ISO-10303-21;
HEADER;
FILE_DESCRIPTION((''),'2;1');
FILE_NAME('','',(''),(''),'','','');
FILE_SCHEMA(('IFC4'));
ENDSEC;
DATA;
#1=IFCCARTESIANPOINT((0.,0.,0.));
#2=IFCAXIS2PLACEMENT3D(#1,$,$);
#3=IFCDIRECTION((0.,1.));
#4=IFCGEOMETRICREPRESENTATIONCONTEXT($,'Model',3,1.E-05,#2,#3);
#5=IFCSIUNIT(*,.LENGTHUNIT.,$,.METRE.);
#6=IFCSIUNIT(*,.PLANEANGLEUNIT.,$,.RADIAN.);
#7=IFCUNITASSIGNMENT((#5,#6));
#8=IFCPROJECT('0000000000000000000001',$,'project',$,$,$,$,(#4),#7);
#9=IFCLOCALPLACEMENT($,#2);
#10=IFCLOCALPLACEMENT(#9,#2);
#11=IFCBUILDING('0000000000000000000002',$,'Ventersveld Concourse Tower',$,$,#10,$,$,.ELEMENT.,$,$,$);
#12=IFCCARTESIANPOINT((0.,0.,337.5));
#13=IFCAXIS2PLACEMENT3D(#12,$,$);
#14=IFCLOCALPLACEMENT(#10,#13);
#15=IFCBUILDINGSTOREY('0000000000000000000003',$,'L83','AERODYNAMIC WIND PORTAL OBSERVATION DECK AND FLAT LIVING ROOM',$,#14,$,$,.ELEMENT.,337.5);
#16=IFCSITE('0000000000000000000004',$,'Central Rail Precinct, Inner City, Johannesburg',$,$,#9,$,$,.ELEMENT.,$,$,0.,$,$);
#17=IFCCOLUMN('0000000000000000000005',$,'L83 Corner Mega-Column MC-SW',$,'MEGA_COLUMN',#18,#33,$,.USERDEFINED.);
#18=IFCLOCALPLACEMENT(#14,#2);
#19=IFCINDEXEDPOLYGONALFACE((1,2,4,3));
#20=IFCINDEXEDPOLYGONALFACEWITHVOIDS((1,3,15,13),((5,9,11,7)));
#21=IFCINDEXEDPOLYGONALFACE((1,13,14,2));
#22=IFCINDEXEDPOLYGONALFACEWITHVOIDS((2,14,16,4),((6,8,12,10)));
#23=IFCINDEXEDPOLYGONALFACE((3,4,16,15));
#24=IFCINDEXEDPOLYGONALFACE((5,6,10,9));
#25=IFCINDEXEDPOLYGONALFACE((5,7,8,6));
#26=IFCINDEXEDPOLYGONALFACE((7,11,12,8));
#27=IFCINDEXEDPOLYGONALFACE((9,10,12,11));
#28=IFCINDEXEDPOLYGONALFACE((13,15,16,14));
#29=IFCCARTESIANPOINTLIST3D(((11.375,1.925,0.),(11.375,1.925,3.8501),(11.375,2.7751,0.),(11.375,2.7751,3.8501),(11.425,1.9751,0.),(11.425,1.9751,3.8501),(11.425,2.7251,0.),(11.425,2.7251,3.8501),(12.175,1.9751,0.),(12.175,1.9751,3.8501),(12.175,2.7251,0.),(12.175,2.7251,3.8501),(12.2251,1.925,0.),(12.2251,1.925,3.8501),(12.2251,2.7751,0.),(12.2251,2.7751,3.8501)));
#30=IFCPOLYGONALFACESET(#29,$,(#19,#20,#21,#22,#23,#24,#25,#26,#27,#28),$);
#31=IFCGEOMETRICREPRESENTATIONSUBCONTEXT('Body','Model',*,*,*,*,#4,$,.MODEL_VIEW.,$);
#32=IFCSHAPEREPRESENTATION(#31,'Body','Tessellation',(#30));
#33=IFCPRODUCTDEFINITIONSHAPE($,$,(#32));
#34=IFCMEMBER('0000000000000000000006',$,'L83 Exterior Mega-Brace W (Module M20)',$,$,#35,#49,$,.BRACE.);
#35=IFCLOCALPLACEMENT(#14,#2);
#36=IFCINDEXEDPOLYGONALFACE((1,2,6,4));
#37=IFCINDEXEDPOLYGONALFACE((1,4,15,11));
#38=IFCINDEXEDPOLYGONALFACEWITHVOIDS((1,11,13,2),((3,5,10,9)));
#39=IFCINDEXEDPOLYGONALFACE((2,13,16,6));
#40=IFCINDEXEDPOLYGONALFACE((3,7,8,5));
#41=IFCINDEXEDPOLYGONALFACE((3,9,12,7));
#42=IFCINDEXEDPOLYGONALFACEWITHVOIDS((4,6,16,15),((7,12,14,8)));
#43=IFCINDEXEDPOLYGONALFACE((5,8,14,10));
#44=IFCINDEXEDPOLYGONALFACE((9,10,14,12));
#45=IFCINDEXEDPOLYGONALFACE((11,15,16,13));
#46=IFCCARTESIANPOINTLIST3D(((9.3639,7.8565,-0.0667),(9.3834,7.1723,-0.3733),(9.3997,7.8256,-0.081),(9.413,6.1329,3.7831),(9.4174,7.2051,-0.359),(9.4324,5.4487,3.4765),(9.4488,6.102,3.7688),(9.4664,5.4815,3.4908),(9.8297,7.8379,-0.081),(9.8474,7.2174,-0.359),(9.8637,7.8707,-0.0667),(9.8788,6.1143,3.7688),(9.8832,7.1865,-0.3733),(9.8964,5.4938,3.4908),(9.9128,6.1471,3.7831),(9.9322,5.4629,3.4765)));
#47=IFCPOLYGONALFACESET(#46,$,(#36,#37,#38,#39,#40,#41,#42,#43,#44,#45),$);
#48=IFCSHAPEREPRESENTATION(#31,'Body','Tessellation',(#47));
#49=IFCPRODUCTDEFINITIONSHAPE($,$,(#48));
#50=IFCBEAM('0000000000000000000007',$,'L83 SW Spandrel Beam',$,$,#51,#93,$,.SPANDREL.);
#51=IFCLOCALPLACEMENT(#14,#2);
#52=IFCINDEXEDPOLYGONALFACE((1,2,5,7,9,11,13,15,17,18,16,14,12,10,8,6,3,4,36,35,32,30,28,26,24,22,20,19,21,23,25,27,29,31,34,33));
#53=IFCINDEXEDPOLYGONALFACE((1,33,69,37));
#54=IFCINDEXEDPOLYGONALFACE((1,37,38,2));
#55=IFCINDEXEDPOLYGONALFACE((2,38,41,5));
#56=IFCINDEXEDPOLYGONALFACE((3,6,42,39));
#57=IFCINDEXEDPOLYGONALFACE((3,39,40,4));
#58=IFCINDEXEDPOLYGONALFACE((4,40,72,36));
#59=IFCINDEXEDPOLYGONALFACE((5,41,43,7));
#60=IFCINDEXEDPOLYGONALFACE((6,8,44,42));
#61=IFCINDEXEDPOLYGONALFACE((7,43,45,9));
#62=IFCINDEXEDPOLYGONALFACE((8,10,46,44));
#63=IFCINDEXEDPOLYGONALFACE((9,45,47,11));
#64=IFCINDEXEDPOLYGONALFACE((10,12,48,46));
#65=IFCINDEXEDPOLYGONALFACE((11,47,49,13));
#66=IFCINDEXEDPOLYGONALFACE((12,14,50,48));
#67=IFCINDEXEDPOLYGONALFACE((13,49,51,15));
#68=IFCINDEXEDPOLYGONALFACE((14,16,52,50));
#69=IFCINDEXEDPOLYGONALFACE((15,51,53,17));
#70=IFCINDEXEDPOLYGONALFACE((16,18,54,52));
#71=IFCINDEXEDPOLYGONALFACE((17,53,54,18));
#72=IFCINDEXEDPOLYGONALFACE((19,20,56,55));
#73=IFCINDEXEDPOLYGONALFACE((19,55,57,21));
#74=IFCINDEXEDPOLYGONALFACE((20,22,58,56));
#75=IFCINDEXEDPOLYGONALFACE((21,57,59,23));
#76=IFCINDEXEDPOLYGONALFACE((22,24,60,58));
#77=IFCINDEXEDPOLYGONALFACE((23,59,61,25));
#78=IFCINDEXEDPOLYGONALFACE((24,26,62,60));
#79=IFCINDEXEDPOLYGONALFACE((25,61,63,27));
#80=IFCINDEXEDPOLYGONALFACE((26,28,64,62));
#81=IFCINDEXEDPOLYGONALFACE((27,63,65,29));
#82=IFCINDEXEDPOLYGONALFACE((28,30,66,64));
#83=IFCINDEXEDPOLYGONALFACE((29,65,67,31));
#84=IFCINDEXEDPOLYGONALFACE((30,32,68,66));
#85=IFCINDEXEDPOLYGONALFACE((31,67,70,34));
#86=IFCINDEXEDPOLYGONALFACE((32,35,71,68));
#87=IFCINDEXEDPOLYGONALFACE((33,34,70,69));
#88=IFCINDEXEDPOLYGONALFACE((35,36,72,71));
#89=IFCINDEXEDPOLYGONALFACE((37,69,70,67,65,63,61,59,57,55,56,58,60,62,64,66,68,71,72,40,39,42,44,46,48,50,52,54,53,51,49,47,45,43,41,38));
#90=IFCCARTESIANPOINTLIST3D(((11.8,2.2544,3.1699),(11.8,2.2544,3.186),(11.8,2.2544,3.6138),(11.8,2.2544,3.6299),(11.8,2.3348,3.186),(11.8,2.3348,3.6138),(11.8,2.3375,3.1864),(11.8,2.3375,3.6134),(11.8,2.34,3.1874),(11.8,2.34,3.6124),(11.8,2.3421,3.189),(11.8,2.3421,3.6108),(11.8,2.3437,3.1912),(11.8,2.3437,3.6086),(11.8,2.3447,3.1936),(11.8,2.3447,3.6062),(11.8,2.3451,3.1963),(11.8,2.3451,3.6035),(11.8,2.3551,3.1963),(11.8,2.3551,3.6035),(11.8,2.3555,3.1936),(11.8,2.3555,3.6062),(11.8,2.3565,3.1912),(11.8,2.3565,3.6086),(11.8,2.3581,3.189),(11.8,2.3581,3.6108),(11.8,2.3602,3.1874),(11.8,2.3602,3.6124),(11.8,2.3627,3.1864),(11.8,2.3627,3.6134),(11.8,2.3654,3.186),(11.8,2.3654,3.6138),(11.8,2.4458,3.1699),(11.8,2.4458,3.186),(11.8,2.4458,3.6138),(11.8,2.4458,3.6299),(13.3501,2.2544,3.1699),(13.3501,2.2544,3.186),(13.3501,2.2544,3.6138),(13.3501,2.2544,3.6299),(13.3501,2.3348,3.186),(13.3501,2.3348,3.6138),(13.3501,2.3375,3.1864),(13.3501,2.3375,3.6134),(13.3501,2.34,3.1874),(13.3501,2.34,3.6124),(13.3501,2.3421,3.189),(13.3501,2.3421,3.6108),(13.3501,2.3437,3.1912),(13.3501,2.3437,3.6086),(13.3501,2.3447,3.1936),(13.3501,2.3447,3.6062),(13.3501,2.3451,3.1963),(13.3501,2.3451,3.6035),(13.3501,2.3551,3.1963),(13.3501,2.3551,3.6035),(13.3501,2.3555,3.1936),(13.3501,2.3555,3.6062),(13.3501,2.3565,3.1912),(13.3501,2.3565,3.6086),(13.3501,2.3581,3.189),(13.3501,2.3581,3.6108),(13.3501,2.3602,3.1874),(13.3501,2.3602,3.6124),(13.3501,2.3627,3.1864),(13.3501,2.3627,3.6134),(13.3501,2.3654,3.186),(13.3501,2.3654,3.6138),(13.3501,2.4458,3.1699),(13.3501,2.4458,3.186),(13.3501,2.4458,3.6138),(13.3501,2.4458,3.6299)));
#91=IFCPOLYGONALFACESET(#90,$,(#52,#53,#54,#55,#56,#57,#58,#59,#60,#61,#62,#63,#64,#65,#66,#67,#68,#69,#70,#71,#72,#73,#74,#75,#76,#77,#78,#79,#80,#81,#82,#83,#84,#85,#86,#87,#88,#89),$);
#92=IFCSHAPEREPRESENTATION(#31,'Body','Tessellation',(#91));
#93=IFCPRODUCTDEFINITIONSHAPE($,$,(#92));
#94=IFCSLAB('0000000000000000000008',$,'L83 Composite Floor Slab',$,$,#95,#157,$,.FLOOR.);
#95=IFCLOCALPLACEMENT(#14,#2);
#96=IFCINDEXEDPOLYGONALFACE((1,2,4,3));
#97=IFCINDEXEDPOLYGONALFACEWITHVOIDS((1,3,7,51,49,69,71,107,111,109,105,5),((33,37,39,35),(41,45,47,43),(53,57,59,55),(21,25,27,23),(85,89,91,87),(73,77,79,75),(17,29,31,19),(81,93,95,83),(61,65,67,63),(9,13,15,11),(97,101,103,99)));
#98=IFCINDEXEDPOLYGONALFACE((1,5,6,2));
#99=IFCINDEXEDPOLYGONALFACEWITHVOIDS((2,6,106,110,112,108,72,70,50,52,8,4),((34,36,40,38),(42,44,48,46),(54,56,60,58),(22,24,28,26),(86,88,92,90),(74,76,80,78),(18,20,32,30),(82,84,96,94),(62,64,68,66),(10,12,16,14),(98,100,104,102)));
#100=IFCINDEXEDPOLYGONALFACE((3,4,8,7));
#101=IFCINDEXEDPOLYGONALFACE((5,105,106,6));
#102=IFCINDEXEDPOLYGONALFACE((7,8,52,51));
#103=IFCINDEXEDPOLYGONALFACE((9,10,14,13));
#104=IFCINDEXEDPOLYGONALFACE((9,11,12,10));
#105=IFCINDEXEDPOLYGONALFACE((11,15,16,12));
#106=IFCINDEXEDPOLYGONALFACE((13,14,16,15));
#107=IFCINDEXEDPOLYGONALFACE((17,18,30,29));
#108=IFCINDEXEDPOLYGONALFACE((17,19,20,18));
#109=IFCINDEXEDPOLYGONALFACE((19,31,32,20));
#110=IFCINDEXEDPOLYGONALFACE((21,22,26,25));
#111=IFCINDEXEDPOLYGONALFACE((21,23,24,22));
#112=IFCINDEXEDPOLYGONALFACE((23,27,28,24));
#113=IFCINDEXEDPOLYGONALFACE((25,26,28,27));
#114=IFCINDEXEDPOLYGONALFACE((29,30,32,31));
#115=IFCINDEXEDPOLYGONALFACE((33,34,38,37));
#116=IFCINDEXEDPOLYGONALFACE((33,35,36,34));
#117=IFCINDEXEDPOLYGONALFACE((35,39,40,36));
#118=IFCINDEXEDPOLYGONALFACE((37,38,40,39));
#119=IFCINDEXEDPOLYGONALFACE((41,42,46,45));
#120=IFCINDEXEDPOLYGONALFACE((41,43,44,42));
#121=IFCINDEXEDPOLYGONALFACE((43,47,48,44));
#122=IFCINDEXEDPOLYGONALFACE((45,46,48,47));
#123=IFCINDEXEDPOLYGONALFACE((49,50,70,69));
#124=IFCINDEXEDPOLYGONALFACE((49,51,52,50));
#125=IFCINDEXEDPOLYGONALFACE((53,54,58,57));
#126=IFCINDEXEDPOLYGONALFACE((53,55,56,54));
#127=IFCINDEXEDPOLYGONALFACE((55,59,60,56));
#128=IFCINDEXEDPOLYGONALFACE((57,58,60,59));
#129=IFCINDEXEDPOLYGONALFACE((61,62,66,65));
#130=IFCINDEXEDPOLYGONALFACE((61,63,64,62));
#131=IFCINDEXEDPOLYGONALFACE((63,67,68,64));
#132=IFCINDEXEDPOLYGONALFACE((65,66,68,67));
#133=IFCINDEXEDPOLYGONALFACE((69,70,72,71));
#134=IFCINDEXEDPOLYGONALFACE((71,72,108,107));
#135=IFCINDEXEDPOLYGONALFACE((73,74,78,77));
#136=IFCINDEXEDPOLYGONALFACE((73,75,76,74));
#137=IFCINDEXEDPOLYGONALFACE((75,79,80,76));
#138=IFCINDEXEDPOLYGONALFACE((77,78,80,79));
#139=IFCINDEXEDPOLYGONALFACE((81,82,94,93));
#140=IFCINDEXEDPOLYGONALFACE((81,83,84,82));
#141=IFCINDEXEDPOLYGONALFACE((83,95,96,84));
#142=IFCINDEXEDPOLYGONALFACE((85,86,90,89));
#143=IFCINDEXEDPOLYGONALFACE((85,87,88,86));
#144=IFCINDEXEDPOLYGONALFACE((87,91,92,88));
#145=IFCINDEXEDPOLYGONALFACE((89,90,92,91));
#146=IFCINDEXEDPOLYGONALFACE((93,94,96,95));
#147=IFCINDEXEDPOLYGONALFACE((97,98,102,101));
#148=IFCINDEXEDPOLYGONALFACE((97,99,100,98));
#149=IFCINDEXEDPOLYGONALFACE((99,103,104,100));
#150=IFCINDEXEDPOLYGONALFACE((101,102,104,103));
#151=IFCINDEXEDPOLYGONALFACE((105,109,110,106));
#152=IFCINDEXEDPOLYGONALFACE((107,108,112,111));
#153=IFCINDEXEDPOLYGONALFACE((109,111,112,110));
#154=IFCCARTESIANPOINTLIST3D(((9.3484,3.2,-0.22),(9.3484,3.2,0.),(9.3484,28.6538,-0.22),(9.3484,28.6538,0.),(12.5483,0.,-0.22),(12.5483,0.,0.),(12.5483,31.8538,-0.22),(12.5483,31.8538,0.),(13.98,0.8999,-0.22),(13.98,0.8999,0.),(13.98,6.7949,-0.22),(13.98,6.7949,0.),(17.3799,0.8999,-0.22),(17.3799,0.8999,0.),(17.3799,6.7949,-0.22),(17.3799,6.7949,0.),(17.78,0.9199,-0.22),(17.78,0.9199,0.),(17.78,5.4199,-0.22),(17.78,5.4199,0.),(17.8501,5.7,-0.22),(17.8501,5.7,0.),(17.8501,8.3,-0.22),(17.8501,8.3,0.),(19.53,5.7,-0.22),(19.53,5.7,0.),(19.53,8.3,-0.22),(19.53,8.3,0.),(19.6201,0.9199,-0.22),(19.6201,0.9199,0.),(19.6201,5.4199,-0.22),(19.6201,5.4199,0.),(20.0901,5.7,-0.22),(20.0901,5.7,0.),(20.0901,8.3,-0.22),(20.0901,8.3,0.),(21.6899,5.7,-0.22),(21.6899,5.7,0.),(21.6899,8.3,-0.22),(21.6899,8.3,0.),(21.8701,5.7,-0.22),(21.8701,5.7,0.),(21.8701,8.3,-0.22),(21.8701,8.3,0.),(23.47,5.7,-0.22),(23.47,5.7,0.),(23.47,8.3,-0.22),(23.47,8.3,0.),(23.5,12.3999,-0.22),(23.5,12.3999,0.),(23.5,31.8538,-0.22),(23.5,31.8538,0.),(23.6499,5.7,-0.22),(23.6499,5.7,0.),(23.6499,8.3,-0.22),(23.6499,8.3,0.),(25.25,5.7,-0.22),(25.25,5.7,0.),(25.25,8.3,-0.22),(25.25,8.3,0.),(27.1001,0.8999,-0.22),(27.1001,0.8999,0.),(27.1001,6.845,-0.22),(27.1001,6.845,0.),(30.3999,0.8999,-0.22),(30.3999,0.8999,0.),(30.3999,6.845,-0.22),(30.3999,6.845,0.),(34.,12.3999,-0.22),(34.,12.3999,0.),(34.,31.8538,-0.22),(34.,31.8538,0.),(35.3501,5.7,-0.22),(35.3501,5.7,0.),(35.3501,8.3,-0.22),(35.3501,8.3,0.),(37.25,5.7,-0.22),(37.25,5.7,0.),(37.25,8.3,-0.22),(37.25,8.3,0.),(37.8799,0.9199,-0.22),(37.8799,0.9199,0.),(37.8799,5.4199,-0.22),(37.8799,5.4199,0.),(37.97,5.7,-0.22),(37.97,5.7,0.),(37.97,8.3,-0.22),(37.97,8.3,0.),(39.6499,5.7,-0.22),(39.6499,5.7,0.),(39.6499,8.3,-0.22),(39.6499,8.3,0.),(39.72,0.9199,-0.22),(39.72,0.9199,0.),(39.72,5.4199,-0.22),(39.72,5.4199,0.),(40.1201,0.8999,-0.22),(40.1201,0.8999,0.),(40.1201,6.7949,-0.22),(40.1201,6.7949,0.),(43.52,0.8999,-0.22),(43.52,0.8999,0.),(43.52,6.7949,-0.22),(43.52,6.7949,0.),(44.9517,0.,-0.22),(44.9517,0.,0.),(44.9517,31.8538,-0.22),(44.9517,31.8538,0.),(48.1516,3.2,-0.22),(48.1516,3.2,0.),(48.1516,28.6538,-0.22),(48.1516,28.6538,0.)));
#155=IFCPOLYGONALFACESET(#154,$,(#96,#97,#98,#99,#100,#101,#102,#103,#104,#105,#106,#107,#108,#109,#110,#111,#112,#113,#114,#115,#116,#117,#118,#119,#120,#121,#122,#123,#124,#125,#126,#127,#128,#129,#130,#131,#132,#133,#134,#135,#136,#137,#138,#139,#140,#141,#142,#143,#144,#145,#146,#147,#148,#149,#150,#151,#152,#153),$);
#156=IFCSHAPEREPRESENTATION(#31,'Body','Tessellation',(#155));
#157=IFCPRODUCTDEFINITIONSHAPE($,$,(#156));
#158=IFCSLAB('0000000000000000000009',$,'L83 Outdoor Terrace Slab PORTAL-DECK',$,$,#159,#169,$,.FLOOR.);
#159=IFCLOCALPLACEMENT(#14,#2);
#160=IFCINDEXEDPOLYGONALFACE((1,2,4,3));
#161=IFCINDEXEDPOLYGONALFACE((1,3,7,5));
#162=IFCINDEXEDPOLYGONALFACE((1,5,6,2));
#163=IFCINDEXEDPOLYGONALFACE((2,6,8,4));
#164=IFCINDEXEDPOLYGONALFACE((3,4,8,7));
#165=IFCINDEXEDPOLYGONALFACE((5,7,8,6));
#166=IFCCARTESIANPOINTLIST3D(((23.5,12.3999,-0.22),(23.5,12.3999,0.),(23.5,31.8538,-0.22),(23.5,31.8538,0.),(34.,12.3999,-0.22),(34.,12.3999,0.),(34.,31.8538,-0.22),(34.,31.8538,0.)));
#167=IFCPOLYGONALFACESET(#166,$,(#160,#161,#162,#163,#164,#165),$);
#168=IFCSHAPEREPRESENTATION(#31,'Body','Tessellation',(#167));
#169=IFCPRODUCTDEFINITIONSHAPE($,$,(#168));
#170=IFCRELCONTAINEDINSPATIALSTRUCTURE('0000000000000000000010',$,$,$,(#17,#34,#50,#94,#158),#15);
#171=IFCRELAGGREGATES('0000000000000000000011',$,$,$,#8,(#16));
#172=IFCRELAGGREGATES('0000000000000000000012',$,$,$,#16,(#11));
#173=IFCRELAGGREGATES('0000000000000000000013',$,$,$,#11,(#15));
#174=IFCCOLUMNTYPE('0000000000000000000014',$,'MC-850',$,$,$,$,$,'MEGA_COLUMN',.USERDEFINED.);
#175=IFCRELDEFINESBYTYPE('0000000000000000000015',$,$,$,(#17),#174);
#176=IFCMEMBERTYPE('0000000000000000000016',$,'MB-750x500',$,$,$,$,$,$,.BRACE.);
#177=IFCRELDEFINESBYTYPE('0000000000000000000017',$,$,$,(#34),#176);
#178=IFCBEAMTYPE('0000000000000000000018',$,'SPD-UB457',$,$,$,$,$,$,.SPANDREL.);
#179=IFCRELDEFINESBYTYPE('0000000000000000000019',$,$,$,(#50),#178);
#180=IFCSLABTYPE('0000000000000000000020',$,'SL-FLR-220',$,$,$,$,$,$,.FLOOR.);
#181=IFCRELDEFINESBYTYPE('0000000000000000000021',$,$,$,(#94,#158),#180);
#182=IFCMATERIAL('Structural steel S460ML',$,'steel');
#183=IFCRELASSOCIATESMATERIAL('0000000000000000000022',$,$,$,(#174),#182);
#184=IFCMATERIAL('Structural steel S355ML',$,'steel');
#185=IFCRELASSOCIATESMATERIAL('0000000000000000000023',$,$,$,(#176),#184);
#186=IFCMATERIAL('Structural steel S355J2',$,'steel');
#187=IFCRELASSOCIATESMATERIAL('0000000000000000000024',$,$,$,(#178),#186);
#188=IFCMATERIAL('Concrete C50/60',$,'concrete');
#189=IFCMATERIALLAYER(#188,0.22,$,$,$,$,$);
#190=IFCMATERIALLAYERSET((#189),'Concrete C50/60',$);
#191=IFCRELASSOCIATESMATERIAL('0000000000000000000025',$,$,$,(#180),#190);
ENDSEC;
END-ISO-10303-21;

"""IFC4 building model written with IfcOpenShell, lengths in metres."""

from ifc_helpers import new_model, si_unit, direction, frame, origin, origin_2d, place, context, subcontext, project, spatial, polyline, hollow_rectangle, i_section, outline, extrude, material, layer, layer_set, material_profile, profile_set, type_object, element, save


model = new_model("IFC4")

# Units and contexts
model_context = context("Model", 3, precision=1e-05, world=origin(), true_north=direction((0.0, 1.0)))
body_context = subcontext(model_context, "Body", "Model", "MODEL_VIEW")
ifc_project = project(units=[si_unit("LENGTHUNIT", "METRE"), si_unit("PLANEANGLEUNIT", "RADIAN")], contexts=[model_context])

# Site, building, storey
site_placement = place(None, origin())
site = spatial("IfcSite", under=ifc_project, at=site_placement, Name="Central Rail Precinct, Inner City, Johannesburg", CompositionType="ELEMENT", RefElevation=0.0)
building_placement = place(site_placement, origin())
building = spatial("IfcBuilding", under=site, at=building_placement, Name="Ventersveld Concourse Tower", CompositionType="ELEMENT")
storey_placement = place(building_placement, frame((0.0, 0.0, 337.5)))
storey = spatial("IfcBuildingStorey", under=building, at=storey_placement, Name="L83", Description="AERODYNAMIC WIND PORTAL OBSERVATION DECK AND FLAT LIVING ROOM", CompositionType="ELEMENT", Elevation=337.5)

# Column
ifc_material_1 = material(Name="Structural steel S460ML", Category="steel")
ifc_material_profile_1 = material_profile(ifc_material_1, hollow_rectangle(XDim=0.8501, YDim=0.8501, WallThickness=0.05, at=origin_2d()), Name="BOX 850x850x50")
ifc_profile_set_1 = profile_set([ifc_material_profile_1], Name="Structural steel S460ML")
column_type = type_object("IfcColumnType", Name="MC-850", ElementType="MEGA_COLUMN", PredefinedType="USERDEFINED", material=ifc_profile_set_1)
column_placement = place(storey_placement, frame((11.8, 2.3501, 0.0), z_axis=(0.0, 0.0, 1.0), x_axis=(1.0, 0.0, 0.0)))
element("IfcColumn", 1, at=column_placement, inside=storey, type_object=column_type, Name="L83 Corner Mega-Column MC-SW", ObjectType="MEGA_COLUMN", PredefinedType="USERDEFINED", context=body_context, shape_type="SweptSolid", body=[
    extrude(hollow_rectangle(XDim=0.8501, YDim=0.8501, WallThickness=0.05, at=origin_2d()), origin(), (0.0, 0.0, 1.0), 3.8501),
])

# Member
ifc_material_2 = material(Name="Structural steel S355ML", Category="steel")
ifc_material_profile_2 = material_profile(ifc_material_2, hollow_rectangle(XDim=0.5, YDim=0.75, WallThickness=0.0349, at=origin_2d()), Name="BOX 750x500x35")
ifc_profile_set_2 = profile_set([ifc_material_profile_2], Name="Structural steel S355ML")
member_type = type_object("IfcMemberType", Name="MB-750x500", PredefinedType="BRACE", material=ifc_profile_set_2)
member_placement = place(storey_placement, frame((9.6235, 7.5215, -0.22), z_axis=(0.011633, -0.408601, 0.912639), x_axis=(0.999595, 0.028459, 0.0)))
element("IfcMember", 2, at=member_placement, inside=storey, type_object=member_type, Name="L83 Exterior Mega-Brace W (Module M20)", PredefinedType="BRACE", context=body_context, shape_type="SweptSolid", body=[
    extrude(hollow_rectangle(XDim=0.5, YDim=0.75, WallThickness=0.0349, at=origin_2d()), origin(), (0.0, 0.0, 1.0), 4.2183),
])

# Beam
ifc_material_3 = material(Name="Structural steel S355J2", Category="steel")
ifc_material_profile_3 = material_profile(ifc_material_3, i_section(OverallWidth=0.1914, OverallDepth=0.46, WebThickness=0.01, FlangeThickness=0.0161, FilletRadius=0.0103, at=origin_2d()), Name="UB 457x191x82")
ifc_profile_set_3 = profile_set([ifc_material_profile_3], Name="Structural steel S355J2")
beam_type = type_object("IfcBeamType", Name="SPD-UB457", PredefinedType="SPANDREL", material=ifc_profile_set_3)
beam_placement = place(storey_placement, frame((11.8, 2.3501, 3.3999), z_axis=(1.0, 0.0, 0.0), x_axis=(0.0, 1.0, 0.0)))
element("IfcBeam", 3, at=beam_placement, inside=storey, type_object=beam_type, Name="L83 SW Spandrel Beam", PredefinedType="SPANDREL", context=body_context, shape_type="SweptSolid", body=[
    extrude(i_section(OverallWidth=0.1914, OverallDepth=0.46, WebThickness=0.01, FlangeThickness=0.0161, FilletRadius=0.0103, at=origin_2d()), origin(), (0.0, 0.0, 1.0), 1.55),
])

# Slabs
ifc_material_4 = material(Name="Concrete C50/60", Category="concrete")
ifc_layer_1 = layer(ifc_material_4, 0.22)
ifc_layer_set_1 = layer_set([ifc_layer_1], Name="Concrete C50/60")
slab_type_1 = type_object("IfcSlabType", Name="SL-FLR-220", PredefinedType="FLOOR", material=ifc_layer_set_1)
slab_1_placement = place(storey_placement, frame((0.0, 0.0, -0.22)))
element("IfcSlab", 4, at=slab_1_placement, inside=storey, type_object=slab_type_1, Name="L83 Composite Floor Slab", PredefinedType="FLOOR", context=body_context, shape_type="SweptSolid", body=[
    extrude(outline(polyline([(12.5483, 0.0), (44.9517, 0.0), (48.1516, 3.2), (48.1516, 28.6538), (44.9517, 31.8538), (34.0, 31.8538), (34.0, 12.3999), (23.5, 12.3999), (23.5, 31.8538), (12.5483, 31.8538), (9.3484, 28.6538), (9.3484, 3.2), (12.5483, 0.0)]), holes=[polyline([(13.98, 6.7949), (13.98, 0.8999), (17.3799, 0.8999), (17.3799, 6.7949), (13.98, 6.7949)]), polyline([(40.1201, 6.7949), (40.1201, 0.8999), (43.52, 0.8999), (43.52, 6.7949), (40.1201, 6.7949)]), polyline([(27.1001, 6.845), (27.1001, 0.8999), (30.3999, 0.8999), (30.3999, 6.845), (27.1001, 6.845)]), polyline([(17.8501, 5.7), (19.53, 5.7), (19.53, 8.3), (17.8501, 8.3), (17.8501, 5.7)]), polyline([(37.97, 5.7), (39.6499, 5.7), (39.6499, 8.3), (37.97, 8.3), (37.97, 5.7)]), polyline([(35.3501, 5.7), (37.25, 5.7), (37.25, 8.3), (35.3501, 8.3), (35.3501, 5.7)]), polyline([(20.0901, 5.7), (21.6899, 5.7), (21.6899, 8.3), (20.0901, 8.3), (20.0901, 5.7)]), polyline([(21.8701, 5.7), (23.47, 5.7), (23.47, 8.3), (21.8701, 8.3), (21.8701, 5.7)]), polyline([(23.6499, 5.7), (25.25, 5.7), (25.25, 8.3), (23.6499, 8.3), (23.6499, 5.7)]), polyline([(17.78, 0.9199), (19.6201, 0.9199), (19.6201, 5.4199), (17.78, 5.4199), (17.78, 0.9199)]), polyline([(37.8799, 0.9199), (39.72, 0.9199), (39.72, 5.4199), (37.8799, 5.4199), (37.8799, 0.9199)])]), origin(), (0.0, 0.0, 1.0), 0.22),
])
slab_2_placement = place(storey_placement, frame((0.0, 0.0, -0.22)))
element("IfcSlab", 5, at=slab_2_placement, inside=storey, type_object=slab_type_1, Name="L83 Outdoor Terrace Slab PORTAL-DECK", PredefinedType="FLOOR", context=body_context, shape_type="SweptSolid", body=[
    extrude(outline(polyline([(23.5, 12.3999), (34.0, 12.3999), (34.0, 31.8538), (23.5, 31.8538), (23.5, 12.3999)])), origin(), (0.0, 0.0, 1.0), 0.22),
])

save(model, "model.ifc")
